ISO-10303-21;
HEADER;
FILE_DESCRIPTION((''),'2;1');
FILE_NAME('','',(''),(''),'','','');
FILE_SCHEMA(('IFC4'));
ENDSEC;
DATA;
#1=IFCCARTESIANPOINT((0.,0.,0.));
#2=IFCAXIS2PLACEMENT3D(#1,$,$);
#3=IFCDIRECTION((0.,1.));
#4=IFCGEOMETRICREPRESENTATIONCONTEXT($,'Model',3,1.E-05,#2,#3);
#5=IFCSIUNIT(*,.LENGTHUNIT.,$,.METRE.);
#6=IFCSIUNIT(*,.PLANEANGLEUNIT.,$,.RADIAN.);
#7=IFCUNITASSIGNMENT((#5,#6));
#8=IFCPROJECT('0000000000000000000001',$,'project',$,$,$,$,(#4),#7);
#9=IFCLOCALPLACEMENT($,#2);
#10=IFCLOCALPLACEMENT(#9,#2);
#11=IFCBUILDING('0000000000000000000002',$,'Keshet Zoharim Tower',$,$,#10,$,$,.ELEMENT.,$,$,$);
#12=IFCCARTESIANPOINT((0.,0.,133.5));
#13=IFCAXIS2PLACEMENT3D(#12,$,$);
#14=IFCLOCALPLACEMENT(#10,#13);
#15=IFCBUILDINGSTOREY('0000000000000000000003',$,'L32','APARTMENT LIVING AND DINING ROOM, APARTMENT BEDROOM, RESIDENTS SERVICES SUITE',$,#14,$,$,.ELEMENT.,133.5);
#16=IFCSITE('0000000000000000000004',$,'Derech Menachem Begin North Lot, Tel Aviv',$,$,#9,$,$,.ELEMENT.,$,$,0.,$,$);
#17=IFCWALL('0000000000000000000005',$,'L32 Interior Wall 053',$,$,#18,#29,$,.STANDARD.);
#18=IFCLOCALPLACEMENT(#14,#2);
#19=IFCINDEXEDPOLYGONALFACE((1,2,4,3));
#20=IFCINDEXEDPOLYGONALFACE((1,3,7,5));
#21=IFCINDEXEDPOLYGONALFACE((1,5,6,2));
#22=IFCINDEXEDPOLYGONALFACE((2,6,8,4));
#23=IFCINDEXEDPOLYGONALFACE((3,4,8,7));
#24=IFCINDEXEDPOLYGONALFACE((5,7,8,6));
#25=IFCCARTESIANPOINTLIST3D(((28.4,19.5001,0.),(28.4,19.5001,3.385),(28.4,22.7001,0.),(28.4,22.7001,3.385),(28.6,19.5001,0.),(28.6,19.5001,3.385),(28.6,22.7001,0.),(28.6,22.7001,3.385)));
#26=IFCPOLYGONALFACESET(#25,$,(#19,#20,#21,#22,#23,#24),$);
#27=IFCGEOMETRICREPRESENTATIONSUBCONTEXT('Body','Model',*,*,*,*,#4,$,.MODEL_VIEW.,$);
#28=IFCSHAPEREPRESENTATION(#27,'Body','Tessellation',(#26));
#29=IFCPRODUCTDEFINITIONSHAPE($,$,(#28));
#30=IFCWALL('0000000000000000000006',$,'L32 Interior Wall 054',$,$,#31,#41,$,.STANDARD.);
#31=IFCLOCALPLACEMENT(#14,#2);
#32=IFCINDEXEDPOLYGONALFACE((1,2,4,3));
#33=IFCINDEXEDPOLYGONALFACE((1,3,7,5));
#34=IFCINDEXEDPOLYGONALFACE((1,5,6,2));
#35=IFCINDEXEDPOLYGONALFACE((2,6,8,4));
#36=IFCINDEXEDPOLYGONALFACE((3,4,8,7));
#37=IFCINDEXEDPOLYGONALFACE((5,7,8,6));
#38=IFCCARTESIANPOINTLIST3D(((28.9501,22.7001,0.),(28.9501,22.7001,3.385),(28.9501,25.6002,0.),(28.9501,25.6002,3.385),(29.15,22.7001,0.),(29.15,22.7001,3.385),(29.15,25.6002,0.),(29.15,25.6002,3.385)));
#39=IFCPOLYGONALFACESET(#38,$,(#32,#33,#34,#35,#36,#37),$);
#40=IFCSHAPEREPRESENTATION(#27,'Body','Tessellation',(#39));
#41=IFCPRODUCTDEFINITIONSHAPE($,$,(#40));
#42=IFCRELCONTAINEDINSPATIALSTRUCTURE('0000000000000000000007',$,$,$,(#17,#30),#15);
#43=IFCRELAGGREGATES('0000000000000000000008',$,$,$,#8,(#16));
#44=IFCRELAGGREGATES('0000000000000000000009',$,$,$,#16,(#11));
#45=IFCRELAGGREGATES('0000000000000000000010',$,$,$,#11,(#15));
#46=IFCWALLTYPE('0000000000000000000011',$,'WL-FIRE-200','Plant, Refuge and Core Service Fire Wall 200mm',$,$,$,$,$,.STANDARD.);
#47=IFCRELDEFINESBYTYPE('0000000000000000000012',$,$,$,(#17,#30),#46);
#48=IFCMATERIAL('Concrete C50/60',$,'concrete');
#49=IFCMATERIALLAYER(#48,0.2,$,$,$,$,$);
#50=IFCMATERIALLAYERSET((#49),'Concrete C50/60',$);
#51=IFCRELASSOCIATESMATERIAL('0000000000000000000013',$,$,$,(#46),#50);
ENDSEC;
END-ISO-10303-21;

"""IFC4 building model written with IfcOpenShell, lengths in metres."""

from ifc_helpers import new_model, si_unit, direction, frame, frame_2d, origin, place, context, subcontext, project, spatial, rectangle, extrude, material, layer, layer_set, type_object, element, save


model = new_model("IFC4")

# Units and contexts
model_context = context("Model", 3, precision=1e-05, world=origin(), true_north=direction((0.0, 1.0)))
body_context = subcontext(model_context, "Body", "Model", "MODEL_VIEW")
ifc_project = project(units=[si_unit("LENGTHUNIT", "METRE"), si_unit("PLANEANGLEUNIT", "RADIAN")], contexts=[model_context])

# Site, building, storey
site_placement = place(None, origin())
site = spatial("IfcSite", under=ifc_project, at=site_placement, Name="Derech Menachem Begin North Lot, Tel Aviv", CompositionType="ELEMENT", RefElevation=0.0)
building_placement = place(site_placement, origin())
building = spatial("IfcBuilding", under=site, at=building_placement, Name="Keshet Zoharim Tower", CompositionType="ELEMENT")
storey_placement = place(building_placement, frame((0.0, 0.0, 133.5)))
storey = spatial("IfcBuildingStorey", under=building, at=storey_placement, Name="L32", Description="APARTMENT LIVING AND DINING ROOM, APARTMENT BEDROOM, RESIDENTS SERVICES SUITE", CompositionType="ELEMENT", Elevation=133.5)

# Walls
ifc_material_1 = material(Name="Concrete C50/60", Category="concrete")
ifc_layer_1 = layer(ifc_material_1, 0.2)
ifc_layer_set_1 = layer_set([ifc_layer_1], Name="Concrete C50/60")
wall_type_1 = type_object("IfcWallType", Name="WL-FIRE-200", Description="Plant, Refuge and Core Service Fire Wall 200mm", PredefinedType="STANDARD", material=ifc_layer_set_1)
wall_1_placement = place(storey_placement, frame((28.5, 19.5, 0.0), z_axis=(0.0, 0.0, 1.0), x_axis=(0.0, 1.0, 0.0)))
element("IfcWall", 1, at=wall_1_placement, inside=storey, type_object=wall_type_1, Name="L32 Interior Wall 053", PredefinedType="STANDARD", context=body_context, shape_type="SweptSolid", body=[
    extrude(rectangle(XDim=3.2, YDim=0.2, at=frame_2d((1.6001, 0.0))), origin(), (0.0, 0.0, 1.0), 3.385),
])
wall_2_placement = place(storey_placement, frame((29.05, 22.7, 0.0), z_axis=(0.0, 0.0, 1.0), x_axis=(0.0, 1.0, 0.0)))
element("IfcWall", 2, at=wall_2_placement, inside=storey, type_object=wall_type_1, Name="L32 Interior Wall 054", PredefinedType="STANDARD", context=body_context, shape_type="SweptSolid", body=[
    extrude(rectangle(XDim=2.9001, YDim=0.2, at=frame_2d((1.4502, 0.0))), origin(), (0.0, 0.0, 1.0), 3.385),
])

save(model, "model.ifc")
